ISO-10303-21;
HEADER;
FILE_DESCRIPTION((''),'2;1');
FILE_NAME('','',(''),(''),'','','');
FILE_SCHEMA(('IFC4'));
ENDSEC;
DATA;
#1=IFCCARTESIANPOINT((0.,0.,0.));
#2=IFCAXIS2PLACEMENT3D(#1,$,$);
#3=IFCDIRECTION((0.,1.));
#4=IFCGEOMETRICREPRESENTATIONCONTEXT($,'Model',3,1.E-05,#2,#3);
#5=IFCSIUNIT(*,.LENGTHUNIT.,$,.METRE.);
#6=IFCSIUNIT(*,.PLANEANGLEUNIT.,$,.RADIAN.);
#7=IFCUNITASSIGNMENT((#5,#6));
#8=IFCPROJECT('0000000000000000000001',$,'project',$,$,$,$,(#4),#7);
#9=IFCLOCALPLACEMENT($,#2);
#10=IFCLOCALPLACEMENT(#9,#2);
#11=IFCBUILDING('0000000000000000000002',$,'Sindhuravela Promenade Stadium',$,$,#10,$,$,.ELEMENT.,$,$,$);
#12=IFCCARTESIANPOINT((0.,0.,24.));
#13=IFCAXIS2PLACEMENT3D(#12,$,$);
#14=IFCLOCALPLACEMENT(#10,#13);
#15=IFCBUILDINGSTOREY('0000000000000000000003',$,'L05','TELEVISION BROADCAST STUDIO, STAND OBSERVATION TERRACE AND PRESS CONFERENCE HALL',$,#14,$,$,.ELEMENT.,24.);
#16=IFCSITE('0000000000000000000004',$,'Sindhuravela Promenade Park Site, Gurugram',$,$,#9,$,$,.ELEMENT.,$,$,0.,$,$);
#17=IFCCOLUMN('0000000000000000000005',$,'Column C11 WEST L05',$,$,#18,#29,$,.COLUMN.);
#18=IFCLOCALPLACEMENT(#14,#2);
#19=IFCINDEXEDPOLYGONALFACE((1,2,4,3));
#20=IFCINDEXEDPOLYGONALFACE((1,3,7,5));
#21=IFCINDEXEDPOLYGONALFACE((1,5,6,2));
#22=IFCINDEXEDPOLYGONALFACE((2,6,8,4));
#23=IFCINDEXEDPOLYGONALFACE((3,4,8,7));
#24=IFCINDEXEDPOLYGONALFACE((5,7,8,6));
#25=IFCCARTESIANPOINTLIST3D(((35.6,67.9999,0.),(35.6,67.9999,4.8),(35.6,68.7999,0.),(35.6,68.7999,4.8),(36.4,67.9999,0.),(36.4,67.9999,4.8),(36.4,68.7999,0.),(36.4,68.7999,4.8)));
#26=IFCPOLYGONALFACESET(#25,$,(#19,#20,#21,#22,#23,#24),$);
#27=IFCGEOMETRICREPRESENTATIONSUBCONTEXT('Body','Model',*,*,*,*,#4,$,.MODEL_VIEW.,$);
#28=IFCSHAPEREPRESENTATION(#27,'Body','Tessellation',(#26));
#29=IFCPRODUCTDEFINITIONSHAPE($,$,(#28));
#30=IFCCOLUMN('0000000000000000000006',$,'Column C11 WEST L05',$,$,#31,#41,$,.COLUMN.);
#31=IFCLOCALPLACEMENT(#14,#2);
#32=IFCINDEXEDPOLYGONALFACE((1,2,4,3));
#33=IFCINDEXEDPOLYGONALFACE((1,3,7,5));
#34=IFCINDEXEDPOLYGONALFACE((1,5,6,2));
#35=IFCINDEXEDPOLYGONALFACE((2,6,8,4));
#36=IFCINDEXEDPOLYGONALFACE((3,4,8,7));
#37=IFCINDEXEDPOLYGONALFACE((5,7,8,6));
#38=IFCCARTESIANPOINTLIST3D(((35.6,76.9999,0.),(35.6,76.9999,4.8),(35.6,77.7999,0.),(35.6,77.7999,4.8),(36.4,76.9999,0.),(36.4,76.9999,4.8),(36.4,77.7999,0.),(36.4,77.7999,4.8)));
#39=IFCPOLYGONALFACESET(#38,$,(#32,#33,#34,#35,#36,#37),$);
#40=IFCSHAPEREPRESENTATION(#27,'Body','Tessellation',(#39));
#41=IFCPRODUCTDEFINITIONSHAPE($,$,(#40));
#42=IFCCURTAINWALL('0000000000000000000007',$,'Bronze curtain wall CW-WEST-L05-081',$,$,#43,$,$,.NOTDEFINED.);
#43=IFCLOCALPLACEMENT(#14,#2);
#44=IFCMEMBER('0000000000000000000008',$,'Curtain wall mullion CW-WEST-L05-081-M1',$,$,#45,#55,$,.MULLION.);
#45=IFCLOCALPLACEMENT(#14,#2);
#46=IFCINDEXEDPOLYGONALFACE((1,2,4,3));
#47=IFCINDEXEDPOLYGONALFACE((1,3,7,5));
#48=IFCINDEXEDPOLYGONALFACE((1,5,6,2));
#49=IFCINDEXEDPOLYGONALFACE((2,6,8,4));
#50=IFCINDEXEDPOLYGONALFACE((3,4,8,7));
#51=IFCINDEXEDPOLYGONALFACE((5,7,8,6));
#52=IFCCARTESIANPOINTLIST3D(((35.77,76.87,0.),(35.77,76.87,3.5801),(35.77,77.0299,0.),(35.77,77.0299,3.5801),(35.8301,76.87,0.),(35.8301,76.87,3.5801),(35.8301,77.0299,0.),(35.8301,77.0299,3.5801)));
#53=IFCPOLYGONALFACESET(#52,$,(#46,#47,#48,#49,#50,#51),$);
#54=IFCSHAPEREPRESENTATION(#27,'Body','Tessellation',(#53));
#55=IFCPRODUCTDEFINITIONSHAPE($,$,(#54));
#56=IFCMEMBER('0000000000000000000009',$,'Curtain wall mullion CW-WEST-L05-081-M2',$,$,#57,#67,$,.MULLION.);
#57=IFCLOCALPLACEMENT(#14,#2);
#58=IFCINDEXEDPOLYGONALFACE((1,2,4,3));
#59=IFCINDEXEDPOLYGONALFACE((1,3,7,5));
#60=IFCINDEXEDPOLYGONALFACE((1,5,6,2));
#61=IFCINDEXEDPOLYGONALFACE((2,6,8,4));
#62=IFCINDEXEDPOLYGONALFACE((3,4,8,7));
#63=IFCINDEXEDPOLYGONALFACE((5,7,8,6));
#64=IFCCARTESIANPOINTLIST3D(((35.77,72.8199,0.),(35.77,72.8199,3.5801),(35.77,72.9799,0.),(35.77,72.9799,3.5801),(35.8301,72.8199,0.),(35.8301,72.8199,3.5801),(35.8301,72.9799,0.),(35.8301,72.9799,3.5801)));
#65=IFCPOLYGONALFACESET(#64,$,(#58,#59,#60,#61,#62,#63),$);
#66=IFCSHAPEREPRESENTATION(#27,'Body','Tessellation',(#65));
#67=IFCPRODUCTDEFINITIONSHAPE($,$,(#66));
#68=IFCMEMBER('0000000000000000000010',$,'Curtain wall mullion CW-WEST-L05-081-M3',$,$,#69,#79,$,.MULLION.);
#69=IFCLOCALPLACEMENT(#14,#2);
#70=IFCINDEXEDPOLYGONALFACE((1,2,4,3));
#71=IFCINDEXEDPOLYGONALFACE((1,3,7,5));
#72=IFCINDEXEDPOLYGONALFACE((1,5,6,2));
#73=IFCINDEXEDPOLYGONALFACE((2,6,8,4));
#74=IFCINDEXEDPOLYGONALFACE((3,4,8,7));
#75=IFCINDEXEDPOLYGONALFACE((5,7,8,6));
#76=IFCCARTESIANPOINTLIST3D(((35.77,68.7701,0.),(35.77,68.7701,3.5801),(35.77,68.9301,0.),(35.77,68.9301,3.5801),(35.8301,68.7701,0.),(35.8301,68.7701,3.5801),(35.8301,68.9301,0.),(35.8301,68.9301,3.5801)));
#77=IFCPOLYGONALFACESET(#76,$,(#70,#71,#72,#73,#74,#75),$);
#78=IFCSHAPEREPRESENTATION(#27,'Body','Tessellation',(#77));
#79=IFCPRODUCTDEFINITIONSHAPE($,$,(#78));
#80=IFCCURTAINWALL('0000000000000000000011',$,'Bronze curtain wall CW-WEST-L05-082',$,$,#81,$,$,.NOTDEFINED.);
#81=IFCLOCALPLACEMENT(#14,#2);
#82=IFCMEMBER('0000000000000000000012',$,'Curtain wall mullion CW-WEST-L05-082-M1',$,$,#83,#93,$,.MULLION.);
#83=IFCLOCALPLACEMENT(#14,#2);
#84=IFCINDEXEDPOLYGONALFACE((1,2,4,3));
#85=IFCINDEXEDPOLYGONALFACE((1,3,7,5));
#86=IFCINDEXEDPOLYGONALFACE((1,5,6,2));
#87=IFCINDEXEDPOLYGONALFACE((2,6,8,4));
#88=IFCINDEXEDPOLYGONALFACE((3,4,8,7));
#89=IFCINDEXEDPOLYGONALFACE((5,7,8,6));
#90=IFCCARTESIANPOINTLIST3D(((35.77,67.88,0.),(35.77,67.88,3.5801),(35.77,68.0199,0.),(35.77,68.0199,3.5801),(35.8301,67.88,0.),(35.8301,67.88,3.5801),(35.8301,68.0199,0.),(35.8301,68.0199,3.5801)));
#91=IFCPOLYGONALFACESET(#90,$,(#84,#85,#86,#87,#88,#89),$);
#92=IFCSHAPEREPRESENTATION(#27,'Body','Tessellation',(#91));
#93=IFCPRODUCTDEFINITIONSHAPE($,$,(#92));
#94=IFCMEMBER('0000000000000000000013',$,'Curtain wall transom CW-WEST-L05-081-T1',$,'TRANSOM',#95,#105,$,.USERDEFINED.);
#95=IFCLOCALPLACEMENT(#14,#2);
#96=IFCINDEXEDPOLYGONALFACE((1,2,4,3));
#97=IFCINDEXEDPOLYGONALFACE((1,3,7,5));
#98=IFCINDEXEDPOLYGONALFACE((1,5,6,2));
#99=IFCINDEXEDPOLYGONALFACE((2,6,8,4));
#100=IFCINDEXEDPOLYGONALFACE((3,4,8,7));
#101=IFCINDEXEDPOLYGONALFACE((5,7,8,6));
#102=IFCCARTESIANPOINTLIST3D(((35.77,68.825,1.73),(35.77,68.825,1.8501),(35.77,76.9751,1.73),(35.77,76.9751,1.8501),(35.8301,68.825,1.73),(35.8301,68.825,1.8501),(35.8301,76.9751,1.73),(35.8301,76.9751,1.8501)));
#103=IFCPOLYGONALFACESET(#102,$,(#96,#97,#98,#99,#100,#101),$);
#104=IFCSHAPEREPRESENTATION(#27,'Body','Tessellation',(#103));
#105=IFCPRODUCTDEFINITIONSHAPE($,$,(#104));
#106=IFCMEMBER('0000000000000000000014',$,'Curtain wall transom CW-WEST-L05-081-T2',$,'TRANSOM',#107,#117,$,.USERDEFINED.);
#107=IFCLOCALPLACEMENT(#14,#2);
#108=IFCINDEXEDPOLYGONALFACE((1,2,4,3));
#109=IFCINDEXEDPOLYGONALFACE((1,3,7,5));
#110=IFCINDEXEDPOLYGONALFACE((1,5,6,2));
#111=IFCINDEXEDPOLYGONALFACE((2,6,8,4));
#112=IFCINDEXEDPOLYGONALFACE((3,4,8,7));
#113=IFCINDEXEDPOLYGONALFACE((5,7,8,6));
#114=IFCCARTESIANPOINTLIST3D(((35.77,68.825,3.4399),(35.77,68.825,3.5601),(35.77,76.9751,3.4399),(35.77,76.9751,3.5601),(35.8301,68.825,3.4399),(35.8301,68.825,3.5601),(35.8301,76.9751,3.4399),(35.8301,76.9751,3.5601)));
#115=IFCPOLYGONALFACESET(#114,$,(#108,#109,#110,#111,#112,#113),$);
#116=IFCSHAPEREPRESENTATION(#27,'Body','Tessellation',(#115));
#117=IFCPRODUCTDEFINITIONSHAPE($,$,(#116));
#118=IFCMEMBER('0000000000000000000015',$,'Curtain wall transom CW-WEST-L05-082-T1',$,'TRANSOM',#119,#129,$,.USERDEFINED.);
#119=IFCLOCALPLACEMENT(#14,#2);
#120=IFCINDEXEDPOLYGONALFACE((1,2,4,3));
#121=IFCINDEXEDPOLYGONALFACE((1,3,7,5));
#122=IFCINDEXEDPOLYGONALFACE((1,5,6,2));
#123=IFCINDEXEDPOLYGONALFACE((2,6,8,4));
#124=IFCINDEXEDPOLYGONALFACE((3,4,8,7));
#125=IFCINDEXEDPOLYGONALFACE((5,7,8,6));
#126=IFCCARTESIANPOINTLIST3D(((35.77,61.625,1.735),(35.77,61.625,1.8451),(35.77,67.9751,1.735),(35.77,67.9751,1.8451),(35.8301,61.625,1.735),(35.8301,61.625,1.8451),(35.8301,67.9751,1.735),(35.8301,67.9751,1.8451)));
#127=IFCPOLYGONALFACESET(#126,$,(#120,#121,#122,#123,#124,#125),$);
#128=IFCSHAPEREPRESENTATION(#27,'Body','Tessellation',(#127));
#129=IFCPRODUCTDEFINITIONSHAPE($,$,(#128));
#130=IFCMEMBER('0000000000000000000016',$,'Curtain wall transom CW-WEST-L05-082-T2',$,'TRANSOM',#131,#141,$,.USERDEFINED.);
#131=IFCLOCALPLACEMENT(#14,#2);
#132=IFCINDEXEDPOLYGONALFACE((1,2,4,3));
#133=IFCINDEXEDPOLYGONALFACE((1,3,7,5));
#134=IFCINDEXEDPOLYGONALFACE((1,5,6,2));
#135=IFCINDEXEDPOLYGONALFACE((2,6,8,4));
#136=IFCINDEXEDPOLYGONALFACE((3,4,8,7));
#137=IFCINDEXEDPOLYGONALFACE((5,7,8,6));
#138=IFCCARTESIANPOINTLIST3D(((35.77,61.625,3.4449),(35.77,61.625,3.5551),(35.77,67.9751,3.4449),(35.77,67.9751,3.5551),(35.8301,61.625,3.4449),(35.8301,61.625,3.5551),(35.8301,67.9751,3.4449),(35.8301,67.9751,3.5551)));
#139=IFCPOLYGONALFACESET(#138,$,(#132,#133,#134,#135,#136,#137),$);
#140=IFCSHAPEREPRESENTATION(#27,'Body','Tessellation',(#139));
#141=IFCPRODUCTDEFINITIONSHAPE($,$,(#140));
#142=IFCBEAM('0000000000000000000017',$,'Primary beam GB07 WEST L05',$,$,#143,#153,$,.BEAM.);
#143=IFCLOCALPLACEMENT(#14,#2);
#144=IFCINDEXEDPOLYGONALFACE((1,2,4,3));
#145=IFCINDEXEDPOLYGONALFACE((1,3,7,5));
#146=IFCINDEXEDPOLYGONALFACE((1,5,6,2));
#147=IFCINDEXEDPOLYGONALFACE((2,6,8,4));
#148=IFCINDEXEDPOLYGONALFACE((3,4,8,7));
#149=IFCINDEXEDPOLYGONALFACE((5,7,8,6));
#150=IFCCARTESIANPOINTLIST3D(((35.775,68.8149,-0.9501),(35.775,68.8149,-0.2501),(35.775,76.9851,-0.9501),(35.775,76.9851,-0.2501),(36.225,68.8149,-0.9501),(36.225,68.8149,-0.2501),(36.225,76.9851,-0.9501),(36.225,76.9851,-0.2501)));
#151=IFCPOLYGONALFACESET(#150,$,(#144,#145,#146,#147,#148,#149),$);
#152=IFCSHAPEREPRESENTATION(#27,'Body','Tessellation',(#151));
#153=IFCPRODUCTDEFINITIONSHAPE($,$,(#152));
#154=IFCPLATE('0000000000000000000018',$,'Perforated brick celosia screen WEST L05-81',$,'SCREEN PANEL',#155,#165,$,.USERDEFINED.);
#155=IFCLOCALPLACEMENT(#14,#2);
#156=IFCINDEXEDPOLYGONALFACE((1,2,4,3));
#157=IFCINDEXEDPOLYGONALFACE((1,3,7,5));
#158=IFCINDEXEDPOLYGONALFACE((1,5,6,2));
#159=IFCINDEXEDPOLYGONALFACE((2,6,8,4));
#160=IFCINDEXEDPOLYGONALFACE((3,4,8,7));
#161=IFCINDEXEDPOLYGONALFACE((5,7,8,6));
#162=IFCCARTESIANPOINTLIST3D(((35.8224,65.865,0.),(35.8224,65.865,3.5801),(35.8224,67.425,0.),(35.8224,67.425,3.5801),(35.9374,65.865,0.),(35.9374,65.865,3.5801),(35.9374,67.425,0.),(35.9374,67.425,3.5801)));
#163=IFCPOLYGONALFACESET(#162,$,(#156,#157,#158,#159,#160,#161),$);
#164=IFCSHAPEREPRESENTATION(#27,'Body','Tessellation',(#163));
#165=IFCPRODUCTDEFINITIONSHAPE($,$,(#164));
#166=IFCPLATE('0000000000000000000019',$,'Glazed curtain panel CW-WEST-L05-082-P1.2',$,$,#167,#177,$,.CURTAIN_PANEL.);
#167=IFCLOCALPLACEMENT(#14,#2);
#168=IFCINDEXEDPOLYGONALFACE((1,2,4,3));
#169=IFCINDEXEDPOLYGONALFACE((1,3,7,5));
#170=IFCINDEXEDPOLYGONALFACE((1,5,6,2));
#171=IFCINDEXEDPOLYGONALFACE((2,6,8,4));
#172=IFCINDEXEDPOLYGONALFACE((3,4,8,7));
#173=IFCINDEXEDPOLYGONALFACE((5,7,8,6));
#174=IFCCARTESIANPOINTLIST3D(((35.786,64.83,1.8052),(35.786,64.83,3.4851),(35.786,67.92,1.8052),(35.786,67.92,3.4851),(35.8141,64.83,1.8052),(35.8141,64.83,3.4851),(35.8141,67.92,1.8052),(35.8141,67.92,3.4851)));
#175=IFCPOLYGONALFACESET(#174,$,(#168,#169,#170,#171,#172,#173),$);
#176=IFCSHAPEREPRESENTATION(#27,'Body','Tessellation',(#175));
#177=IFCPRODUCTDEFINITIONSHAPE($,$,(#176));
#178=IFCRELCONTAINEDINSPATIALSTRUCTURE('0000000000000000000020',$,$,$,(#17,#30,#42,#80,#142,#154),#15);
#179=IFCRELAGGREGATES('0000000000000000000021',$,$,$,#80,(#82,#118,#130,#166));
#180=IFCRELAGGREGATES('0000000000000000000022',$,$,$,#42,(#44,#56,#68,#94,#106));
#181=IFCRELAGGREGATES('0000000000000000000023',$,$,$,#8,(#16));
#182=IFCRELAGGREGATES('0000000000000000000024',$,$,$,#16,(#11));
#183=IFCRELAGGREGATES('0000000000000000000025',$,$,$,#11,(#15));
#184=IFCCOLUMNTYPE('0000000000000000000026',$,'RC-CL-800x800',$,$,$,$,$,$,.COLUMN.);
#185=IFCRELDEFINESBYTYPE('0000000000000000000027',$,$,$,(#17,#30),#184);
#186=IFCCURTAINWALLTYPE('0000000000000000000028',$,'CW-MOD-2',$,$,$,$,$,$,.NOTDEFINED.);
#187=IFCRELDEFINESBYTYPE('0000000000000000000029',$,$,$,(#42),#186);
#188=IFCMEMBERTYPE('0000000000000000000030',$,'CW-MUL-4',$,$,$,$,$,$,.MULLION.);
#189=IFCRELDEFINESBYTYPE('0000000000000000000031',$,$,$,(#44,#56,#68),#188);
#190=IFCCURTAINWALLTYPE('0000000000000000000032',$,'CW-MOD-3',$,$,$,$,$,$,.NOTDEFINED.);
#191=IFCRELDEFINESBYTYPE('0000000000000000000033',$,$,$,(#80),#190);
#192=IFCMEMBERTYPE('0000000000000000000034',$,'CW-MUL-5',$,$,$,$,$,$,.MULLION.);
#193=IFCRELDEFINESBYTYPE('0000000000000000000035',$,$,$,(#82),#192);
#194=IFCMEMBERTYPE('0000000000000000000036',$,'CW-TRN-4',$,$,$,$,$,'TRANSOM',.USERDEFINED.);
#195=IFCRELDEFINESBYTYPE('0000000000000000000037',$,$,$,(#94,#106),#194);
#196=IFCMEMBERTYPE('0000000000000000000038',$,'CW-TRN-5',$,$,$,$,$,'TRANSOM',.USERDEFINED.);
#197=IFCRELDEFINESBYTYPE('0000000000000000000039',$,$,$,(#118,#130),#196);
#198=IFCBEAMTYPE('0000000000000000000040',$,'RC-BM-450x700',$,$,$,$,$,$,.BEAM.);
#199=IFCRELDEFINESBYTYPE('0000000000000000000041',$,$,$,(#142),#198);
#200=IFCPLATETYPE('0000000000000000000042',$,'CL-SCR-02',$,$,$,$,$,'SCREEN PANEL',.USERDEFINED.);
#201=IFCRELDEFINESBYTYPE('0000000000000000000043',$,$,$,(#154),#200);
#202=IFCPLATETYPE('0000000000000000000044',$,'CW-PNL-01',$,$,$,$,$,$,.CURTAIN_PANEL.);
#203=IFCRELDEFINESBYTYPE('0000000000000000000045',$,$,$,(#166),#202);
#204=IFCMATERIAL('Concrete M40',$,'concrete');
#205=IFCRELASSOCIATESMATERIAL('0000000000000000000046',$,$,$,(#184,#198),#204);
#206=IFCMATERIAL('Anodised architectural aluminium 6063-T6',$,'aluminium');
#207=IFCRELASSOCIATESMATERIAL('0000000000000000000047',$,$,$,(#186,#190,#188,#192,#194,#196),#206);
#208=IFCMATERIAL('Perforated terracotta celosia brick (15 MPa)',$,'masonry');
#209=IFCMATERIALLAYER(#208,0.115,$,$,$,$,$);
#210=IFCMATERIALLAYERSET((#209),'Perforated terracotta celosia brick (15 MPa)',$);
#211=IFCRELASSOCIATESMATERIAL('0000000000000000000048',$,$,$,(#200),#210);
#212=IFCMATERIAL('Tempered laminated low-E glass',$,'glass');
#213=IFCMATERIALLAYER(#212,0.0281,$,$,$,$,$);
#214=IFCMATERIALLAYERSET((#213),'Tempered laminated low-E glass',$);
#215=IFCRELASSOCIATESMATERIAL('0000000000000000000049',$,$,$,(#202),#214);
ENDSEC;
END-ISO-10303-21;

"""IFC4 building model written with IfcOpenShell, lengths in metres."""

from ifc_helpers import new_model, si_unit, direction, frame, origin, origin_2d, place, context, subcontext, project, spatial, rectangle, extrude, material, layer, layer_set, material_profile, profile_set, type_object, element, aggregate, save


model = new_model("IFC4")

# Units and contexts
model_context = context("Model", 3, precision=1e-05, world=origin(), true_north=direction((0.0, 1.0)))
body_context = subcontext(model_context, "Body", "Model", "MODEL_VIEW")
ifc_project = project(units=[si_unit("LENGTHUNIT", "METRE"), si_unit("PLANEANGLEUNIT", "RADIAN")], contexts=[model_context])

# Site, building, storey
site_placement = place(None, origin())
site = spatial("IfcSite", under=ifc_project, at=site_placement, Name="Sindhuravela Promenade Park Site, Gurugram", CompositionType="ELEMENT", RefElevation=0.0)
building_placement = place(site_placement, origin())
building = spatial("IfcBuilding", under=site, at=building_placement, Name="Sindhuravela Promenade Stadium", CompositionType="ELEMENT")
storey_placement = place(building_placement, frame((0.0, 0.0, 24.0)))
storey = spatial("IfcBuildingStorey", under=building, at=storey_placement, Name="L05", Description="TELEVISION BROADCAST STUDIO, STAND OBSERVATION TERRACE AND PRESS CONFERENCE HALL", CompositionType="ELEMENT", Elevation=24.0)

# Columns
ifc_material_1 = material(Name="Concrete M40", Category="concrete")
ifc_material_profile_1 = material_profile(ifc_material_1, rectangle(XDim=0.8, YDim=0.8, at=origin_2d()), Name="RC 800x800")
ifc_profile_set_1 = profile_set([ifc_material_profile_1], Name="Concrete M40")
column_type = type_object("IfcColumnType", Name="RC-CL-800x800", PredefinedType="COLUMN", material=ifc_profile_set_1)
for number, where, z_axis, x_axis, name in (
    (1, (36.0, 68.3999, 0.0), (0.0, 0.0, 1.0), (1.0, 0.0, 0.0), "Column C11 WEST L05"),
    (2, (36.0, 77.3999, 0.0), (0.0, 0.0, 1.0), (1.0, 0.0, 0.0), "Column C11 WEST L05"),
):
    element("IfcColumn", number, at=place(storey_placement, frame(where, z_axis=z_axis, x_axis=x_axis)), inside=storey, type_object=column_type, Name=name, PredefinedType="COLUMN", context=body_context, shape_type="SweptSolid", body=[
        extrude(rectangle(XDim=0.8, YDim=0.8, at=origin_2d()), origin(), (0.0, 0.0, 1.0), 4.8),
    ])

# Curtain wall, members
ifc_material_2 = material(Name="Anodised architectural aluminium 6063-T6", Category="aluminium")
curtain_wall_type_1 = type_object("IfcCurtainWallType", Name="CW-MOD-2", PredefinedType="NOTDEFINED", material=ifc_material_2)
curtain_wall_1_placement = place(storey_placement, origin())
curtain_wall_1 = element("IfcCurtainWall", 3, at=curtain_wall_1_placement, inside=storey, type_object=curtain_wall_type_1, Name="Bronze curtain wall CW-WEST-L05-081", PredefinedType="NOTDEFINED")
ifc_material_profile_2 = material_profile(ifc_material_2, rectangle(XDim=0.0601, YDim=0.1599, at=origin_2d()), Name="ALU M60x160")
ifc_profile_set_2 = profile_set([ifc_material_profile_2], Name="Anodised architectural aluminium 6063-T6")
member_type_1 = type_object("IfcMemberType", Name="CW-MUL-4", PredefinedType="MULLION", material=ifc_profile_set_2)
member_1_placement = place(storey_placement, frame((35.8, 76.95, 0.0), z_axis=(0.0, 0.0, 1.0), x_axis=(1.0, 0.0, 0.0)))
member_1 = element("IfcMember", 4, at=member_1_placement, type_object=member_type_1, Name="Curtain wall mullion CW-WEST-L05-081-M1", PredefinedType="MULLION", context=body_context, shape_type="SweptSolid", body=[
    extrude(rectangle(XDim=0.0601, YDim=0.1599, at=origin_2d()), origin(), (0.0, 0.0, 1.0), 3.5801),
])
member_2_placement = place(storey_placement, frame((35.8, 72.8999, 0.0), z_axis=(0.0, 0.0, 1.0), x_axis=(1.0, 0.0, 0.0)))
member_2 = element("IfcMember", 5, at=member_2_placement, type_object=member_type_1, Name="Curtain wall mullion CW-WEST-L05-081-M2", PredefinedType="MULLION", context=body_context, shape_type="SweptSolid", body=[
    extrude(rectangle(XDim=0.0601, YDim=0.1599, at=origin_2d()), origin(), (0.0, 0.0, 1.0), 3.5801),
])
member_3_placement = place(storey_placement, frame((35.8, 68.8501, 0.0), z_axis=(0.0, 0.0, 1.0), x_axis=(1.0, 0.0, 0.0)))
member_3 = element("IfcMember", 6, at=member_3_placement, type_object=member_type_1, Name="Curtain wall mullion CW-WEST-L05-081-M3", PredefinedType="MULLION", context=body_context, shape_type="SweptSolid", body=[
    extrude(rectangle(XDim=0.0601, YDim=0.1599, at=origin_2d()), origin(), (0.0, 0.0, 1.0), 3.5801),
])

# Curtain wall, member
curtain_wall_type_2 = type_object("IfcCurtainWallType", Name="CW-MOD-3", PredefinedType="NOTDEFINED", material=ifc_material_2)
curtain_wall_2_placement = place(storey_placement, origin())
curtain_wall_2 = element("IfcCurtainWall", 7, at=curtain_wall_2_placement, inside=storey, type_object=curtain_wall_type_2, Name="Bronze curtain wall CW-WEST-L05-082", PredefinedType="NOTDEFINED")
ifc_material_profile_3 = material_profile(ifc_material_2, rectangle(XDim=0.0601, YDim=0.1399, at=origin_2d()), Name="ALU M60x140")
ifc_profile_set_3 = profile_set([ifc_material_profile_3], Name="Anodised architectural aluminium 6063-T6")
member_type_2 = type_object("IfcMemberType", Name="CW-MUL-5", PredefinedType="MULLION", material=ifc_profile_set_3)
member_4_placement = place(storey_placement, frame((35.8, 67.95, 0.0), z_axis=(0.0, 0.0, 1.0), x_axis=(1.0, 0.0, 0.0)))
member_4 = element("IfcMember", 8, at=member_4_placement, type_object=member_type_2, Name="Curtain wall mullion CW-WEST-L05-082-M1", PredefinedType="MULLION", context=body_context, shape_type="SweptSolid", body=[
    extrude(rectangle(XDim=0.0601, YDim=0.1399, at=origin_2d()), origin(), (0.0, 0.0, 1.0), 3.5801),
])

# Members
ifc_material_profile_4 = material_profile(ifc_material_2, rectangle(XDim=0.0601, YDim=0.1201, at=origin_2d()), Name="ALU T60x120")
ifc_profile_set_4 = profile_set([ifc_material_profile_4], Name="Anodised architectural aluminium 6063-T6")
member_type_3 = type_object("IfcMemberType", Name="CW-TRN-4", ElementType="TRANSOM", PredefinedType="USERDEFINED", material=ifc_profile_set_4)
member_5_placement = place(storey_placement, frame((35.8, 76.9751, 1.79), z_axis=(0.0, -1.0, 0.0), x_axis=(1.0, 0.0, 0.0)))
member_5 = element("IfcMember", 9, at=member_5_placement, type_object=member_type_3, Name="Curtain wall transom CW-WEST-L05-081-T1", ObjectType="TRANSOM", PredefinedType="USERDEFINED", context=body_context, shape_type="SweptSolid", body=[
    extrude(rectangle(XDim=0.0601, YDim=0.1201, at=origin_2d()), origin(), (0.0, 0.0, 1.0), 8.1501),
])
member_6_placement = place(storey_placement, frame((35.8, 76.9751, 3.5), z_axis=(0.0, -1.0, 0.0), x_axis=(1.0, 0.0, 0.0)))
member_6 = element("IfcMember", 10, at=member_6_placement, type_object=member_type_3, Name="Curtain wall transom CW-WEST-L05-081-T2", ObjectType="TRANSOM", PredefinedType="USERDEFINED", context=body_context, shape_type="SweptSolid", body=[
    extrude(rectangle(XDim=0.0601, YDim=0.1201, at=origin_2d()), origin(), (0.0, 0.0, 1.0), 8.1501),
])
ifc_material_profile_5 = material_profile(ifc_material_2, rectangle(XDim=0.0601, YDim=0.1101, at=origin_2d()), Name="ALU T60x110")
ifc_profile_set_5 = profile_set([ifc_material_profile_5], Name="Anodised architectural aluminium 6063-T6")
member_type_4 = type_object("IfcMemberType", Name="CW-TRN-5", ElementType="TRANSOM", PredefinedType="USERDEFINED", material=ifc_profile_set_5)
member_7_placement = place(storey_placement, frame((35.8, 67.9751, 1.79), z_axis=(0.0, -1.0, 0.0), x_axis=(1.0, 0.0, 0.0)))
member_7 = element("IfcMember", 11, at=member_7_placement, type_object=member_type_4, Name="Curtain wall transom CW-WEST-L05-082-T1", ObjectType="TRANSOM", PredefinedType="USERDEFINED", context=body_context, shape_type="SweptSolid", body=[
    extrude(rectangle(XDim=0.0601, YDim=0.1101, at=origin_2d()), origin(), (0.0, 0.0, 1.0), 6.3501),
])
member_8_placement = place(storey_placement, frame((35.8, 67.9751, 3.5), z_axis=(0.0, -1.0, 0.0), x_axis=(1.0, 0.0, 0.0)))
member_8 = element("IfcMember", 12, at=member_8_placement, type_object=member_type_4, Name="Curtain wall transom CW-WEST-L05-082-T2", ObjectType="TRANSOM", PredefinedType="USERDEFINED", context=body_context, shape_type="SweptSolid", body=[
    extrude(rectangle(XDim=0.0601, YDim=0.1101, at=origin_2d()), origin(), (0.0, 0.0, 1.0), 6.3501),
])

# Beam
ifc_material_profile_6 = material_profile(ifc_material_1, rectangle(XDim=0.45, YDim=0.7, at=origin_2d()), Name="RC 450x700")
ifc_profile_set_6 = profile_set([ifc_material_profile_6], Name="Concrete M40")
beam_type = type_object("IfcBeamType", Name="RC-BM-450x700", PredefinedType="BEAM", material=ifc_profile_set_6)
beam_placement = place(storey_placement, frame((36.0, 68.8149, -0.6001), z_axis=(0.0, 1.0, 0.0), x_axis=(-1.0, 0.0, 0.0)))
element("IfcBeam", 13, at=beam_placement, inside=storey, type_object=beam_type, Name="Primary beam GB07 WEST L05", PredefinedType="BEAM", context=body_context, shape_type="SweptSolid", body=[
    extrude(rectangle(XDim=0.45, YDim=0.7, at=origin_2d()), origin(), (0.0, 0.0, 1.0), 8.1702),
])

# Plates
ifc_material_3 = material(Name="Perforated terracotta celosia brick (15 MPa)", Category="masonry")
ifc_layer_1 = layer(ifc_material_3, 0.115)
ifc_layer_set_1 = layer_set([ifc_layer_1], Name="Perforated terracotta celosia brick (15 MPa)")
plate_type_1 = type_object("IfcPlateType", Name="CL-SCR-02", ElementType="SCREEN PANEL", PredefinedType="USERDEFINED", material=ifc_layer_set_1)
plate_1_placement = place(storey_placement, frame((35.8799, 66.645, 0.0), z_axis=(0.0, 0.0, 1.0), x_axis=(0.0, -1.0, 0.0)))
element("IfcPlate", 14, at=plate_1_placement, inside=storey, type_object=plate_type_1, Name="Perforated brick celosia screen WEST L05-81", ObjectType="SCREEN PANEL", PredefinedType="USERDEFINED", context=body_context, shape_type="SweptSolid", body=[
    extrude(rectangle(XDim=1.5601, YDim=0.115, at=origin_2d()), origin(), (0.0, 0.0, 1.0), 3.5801),
])
ifc_material_4 = material(Name="Tempered laminated low-E glass", Category="glass")
ifc_layer_2 = layer(ifc_material_4, 0.0281)
ifc_layer_set_2 = layer_set([ifc_layer_2], Name="Tempered laminated low-E glass")
plate_type_2 = type_object("IfcPlateType", Name="CW-PNL-01", PredefinedType="CURTAIN_PANEL", material=ifc_layer_set_2)
plate_2_placement = place(storey_placement, frame((35.8, 66.375, 1.8052), z_axis=(0.0, 0.0, 1.0), x_axis=(0.0, -1.0, 0.0)))
plate_2 = element("IfcPlate", 15, at=plate_2_placement, type_object=plate_type_2, Name="Glazed curtain panel CW-WEST-L05-082-P1.2", PredefinedType="CURTAIN_PANEL", context=body_context, shape_type="SweptSolid", body=[
    extrude(rectangle(XDim=3.0901, YDim=0.0281, at=origin_2d()), origin(), (0.0, 0.0, 1.0), 1.6799),
])
aggregate(curtain_wall_2, [member_4, member_7, member_8, plate_2])
aggregate(curtain_wall_1, [member_1, member_2, member_3, member_5, member_6])

save(model, "model.ifc")
